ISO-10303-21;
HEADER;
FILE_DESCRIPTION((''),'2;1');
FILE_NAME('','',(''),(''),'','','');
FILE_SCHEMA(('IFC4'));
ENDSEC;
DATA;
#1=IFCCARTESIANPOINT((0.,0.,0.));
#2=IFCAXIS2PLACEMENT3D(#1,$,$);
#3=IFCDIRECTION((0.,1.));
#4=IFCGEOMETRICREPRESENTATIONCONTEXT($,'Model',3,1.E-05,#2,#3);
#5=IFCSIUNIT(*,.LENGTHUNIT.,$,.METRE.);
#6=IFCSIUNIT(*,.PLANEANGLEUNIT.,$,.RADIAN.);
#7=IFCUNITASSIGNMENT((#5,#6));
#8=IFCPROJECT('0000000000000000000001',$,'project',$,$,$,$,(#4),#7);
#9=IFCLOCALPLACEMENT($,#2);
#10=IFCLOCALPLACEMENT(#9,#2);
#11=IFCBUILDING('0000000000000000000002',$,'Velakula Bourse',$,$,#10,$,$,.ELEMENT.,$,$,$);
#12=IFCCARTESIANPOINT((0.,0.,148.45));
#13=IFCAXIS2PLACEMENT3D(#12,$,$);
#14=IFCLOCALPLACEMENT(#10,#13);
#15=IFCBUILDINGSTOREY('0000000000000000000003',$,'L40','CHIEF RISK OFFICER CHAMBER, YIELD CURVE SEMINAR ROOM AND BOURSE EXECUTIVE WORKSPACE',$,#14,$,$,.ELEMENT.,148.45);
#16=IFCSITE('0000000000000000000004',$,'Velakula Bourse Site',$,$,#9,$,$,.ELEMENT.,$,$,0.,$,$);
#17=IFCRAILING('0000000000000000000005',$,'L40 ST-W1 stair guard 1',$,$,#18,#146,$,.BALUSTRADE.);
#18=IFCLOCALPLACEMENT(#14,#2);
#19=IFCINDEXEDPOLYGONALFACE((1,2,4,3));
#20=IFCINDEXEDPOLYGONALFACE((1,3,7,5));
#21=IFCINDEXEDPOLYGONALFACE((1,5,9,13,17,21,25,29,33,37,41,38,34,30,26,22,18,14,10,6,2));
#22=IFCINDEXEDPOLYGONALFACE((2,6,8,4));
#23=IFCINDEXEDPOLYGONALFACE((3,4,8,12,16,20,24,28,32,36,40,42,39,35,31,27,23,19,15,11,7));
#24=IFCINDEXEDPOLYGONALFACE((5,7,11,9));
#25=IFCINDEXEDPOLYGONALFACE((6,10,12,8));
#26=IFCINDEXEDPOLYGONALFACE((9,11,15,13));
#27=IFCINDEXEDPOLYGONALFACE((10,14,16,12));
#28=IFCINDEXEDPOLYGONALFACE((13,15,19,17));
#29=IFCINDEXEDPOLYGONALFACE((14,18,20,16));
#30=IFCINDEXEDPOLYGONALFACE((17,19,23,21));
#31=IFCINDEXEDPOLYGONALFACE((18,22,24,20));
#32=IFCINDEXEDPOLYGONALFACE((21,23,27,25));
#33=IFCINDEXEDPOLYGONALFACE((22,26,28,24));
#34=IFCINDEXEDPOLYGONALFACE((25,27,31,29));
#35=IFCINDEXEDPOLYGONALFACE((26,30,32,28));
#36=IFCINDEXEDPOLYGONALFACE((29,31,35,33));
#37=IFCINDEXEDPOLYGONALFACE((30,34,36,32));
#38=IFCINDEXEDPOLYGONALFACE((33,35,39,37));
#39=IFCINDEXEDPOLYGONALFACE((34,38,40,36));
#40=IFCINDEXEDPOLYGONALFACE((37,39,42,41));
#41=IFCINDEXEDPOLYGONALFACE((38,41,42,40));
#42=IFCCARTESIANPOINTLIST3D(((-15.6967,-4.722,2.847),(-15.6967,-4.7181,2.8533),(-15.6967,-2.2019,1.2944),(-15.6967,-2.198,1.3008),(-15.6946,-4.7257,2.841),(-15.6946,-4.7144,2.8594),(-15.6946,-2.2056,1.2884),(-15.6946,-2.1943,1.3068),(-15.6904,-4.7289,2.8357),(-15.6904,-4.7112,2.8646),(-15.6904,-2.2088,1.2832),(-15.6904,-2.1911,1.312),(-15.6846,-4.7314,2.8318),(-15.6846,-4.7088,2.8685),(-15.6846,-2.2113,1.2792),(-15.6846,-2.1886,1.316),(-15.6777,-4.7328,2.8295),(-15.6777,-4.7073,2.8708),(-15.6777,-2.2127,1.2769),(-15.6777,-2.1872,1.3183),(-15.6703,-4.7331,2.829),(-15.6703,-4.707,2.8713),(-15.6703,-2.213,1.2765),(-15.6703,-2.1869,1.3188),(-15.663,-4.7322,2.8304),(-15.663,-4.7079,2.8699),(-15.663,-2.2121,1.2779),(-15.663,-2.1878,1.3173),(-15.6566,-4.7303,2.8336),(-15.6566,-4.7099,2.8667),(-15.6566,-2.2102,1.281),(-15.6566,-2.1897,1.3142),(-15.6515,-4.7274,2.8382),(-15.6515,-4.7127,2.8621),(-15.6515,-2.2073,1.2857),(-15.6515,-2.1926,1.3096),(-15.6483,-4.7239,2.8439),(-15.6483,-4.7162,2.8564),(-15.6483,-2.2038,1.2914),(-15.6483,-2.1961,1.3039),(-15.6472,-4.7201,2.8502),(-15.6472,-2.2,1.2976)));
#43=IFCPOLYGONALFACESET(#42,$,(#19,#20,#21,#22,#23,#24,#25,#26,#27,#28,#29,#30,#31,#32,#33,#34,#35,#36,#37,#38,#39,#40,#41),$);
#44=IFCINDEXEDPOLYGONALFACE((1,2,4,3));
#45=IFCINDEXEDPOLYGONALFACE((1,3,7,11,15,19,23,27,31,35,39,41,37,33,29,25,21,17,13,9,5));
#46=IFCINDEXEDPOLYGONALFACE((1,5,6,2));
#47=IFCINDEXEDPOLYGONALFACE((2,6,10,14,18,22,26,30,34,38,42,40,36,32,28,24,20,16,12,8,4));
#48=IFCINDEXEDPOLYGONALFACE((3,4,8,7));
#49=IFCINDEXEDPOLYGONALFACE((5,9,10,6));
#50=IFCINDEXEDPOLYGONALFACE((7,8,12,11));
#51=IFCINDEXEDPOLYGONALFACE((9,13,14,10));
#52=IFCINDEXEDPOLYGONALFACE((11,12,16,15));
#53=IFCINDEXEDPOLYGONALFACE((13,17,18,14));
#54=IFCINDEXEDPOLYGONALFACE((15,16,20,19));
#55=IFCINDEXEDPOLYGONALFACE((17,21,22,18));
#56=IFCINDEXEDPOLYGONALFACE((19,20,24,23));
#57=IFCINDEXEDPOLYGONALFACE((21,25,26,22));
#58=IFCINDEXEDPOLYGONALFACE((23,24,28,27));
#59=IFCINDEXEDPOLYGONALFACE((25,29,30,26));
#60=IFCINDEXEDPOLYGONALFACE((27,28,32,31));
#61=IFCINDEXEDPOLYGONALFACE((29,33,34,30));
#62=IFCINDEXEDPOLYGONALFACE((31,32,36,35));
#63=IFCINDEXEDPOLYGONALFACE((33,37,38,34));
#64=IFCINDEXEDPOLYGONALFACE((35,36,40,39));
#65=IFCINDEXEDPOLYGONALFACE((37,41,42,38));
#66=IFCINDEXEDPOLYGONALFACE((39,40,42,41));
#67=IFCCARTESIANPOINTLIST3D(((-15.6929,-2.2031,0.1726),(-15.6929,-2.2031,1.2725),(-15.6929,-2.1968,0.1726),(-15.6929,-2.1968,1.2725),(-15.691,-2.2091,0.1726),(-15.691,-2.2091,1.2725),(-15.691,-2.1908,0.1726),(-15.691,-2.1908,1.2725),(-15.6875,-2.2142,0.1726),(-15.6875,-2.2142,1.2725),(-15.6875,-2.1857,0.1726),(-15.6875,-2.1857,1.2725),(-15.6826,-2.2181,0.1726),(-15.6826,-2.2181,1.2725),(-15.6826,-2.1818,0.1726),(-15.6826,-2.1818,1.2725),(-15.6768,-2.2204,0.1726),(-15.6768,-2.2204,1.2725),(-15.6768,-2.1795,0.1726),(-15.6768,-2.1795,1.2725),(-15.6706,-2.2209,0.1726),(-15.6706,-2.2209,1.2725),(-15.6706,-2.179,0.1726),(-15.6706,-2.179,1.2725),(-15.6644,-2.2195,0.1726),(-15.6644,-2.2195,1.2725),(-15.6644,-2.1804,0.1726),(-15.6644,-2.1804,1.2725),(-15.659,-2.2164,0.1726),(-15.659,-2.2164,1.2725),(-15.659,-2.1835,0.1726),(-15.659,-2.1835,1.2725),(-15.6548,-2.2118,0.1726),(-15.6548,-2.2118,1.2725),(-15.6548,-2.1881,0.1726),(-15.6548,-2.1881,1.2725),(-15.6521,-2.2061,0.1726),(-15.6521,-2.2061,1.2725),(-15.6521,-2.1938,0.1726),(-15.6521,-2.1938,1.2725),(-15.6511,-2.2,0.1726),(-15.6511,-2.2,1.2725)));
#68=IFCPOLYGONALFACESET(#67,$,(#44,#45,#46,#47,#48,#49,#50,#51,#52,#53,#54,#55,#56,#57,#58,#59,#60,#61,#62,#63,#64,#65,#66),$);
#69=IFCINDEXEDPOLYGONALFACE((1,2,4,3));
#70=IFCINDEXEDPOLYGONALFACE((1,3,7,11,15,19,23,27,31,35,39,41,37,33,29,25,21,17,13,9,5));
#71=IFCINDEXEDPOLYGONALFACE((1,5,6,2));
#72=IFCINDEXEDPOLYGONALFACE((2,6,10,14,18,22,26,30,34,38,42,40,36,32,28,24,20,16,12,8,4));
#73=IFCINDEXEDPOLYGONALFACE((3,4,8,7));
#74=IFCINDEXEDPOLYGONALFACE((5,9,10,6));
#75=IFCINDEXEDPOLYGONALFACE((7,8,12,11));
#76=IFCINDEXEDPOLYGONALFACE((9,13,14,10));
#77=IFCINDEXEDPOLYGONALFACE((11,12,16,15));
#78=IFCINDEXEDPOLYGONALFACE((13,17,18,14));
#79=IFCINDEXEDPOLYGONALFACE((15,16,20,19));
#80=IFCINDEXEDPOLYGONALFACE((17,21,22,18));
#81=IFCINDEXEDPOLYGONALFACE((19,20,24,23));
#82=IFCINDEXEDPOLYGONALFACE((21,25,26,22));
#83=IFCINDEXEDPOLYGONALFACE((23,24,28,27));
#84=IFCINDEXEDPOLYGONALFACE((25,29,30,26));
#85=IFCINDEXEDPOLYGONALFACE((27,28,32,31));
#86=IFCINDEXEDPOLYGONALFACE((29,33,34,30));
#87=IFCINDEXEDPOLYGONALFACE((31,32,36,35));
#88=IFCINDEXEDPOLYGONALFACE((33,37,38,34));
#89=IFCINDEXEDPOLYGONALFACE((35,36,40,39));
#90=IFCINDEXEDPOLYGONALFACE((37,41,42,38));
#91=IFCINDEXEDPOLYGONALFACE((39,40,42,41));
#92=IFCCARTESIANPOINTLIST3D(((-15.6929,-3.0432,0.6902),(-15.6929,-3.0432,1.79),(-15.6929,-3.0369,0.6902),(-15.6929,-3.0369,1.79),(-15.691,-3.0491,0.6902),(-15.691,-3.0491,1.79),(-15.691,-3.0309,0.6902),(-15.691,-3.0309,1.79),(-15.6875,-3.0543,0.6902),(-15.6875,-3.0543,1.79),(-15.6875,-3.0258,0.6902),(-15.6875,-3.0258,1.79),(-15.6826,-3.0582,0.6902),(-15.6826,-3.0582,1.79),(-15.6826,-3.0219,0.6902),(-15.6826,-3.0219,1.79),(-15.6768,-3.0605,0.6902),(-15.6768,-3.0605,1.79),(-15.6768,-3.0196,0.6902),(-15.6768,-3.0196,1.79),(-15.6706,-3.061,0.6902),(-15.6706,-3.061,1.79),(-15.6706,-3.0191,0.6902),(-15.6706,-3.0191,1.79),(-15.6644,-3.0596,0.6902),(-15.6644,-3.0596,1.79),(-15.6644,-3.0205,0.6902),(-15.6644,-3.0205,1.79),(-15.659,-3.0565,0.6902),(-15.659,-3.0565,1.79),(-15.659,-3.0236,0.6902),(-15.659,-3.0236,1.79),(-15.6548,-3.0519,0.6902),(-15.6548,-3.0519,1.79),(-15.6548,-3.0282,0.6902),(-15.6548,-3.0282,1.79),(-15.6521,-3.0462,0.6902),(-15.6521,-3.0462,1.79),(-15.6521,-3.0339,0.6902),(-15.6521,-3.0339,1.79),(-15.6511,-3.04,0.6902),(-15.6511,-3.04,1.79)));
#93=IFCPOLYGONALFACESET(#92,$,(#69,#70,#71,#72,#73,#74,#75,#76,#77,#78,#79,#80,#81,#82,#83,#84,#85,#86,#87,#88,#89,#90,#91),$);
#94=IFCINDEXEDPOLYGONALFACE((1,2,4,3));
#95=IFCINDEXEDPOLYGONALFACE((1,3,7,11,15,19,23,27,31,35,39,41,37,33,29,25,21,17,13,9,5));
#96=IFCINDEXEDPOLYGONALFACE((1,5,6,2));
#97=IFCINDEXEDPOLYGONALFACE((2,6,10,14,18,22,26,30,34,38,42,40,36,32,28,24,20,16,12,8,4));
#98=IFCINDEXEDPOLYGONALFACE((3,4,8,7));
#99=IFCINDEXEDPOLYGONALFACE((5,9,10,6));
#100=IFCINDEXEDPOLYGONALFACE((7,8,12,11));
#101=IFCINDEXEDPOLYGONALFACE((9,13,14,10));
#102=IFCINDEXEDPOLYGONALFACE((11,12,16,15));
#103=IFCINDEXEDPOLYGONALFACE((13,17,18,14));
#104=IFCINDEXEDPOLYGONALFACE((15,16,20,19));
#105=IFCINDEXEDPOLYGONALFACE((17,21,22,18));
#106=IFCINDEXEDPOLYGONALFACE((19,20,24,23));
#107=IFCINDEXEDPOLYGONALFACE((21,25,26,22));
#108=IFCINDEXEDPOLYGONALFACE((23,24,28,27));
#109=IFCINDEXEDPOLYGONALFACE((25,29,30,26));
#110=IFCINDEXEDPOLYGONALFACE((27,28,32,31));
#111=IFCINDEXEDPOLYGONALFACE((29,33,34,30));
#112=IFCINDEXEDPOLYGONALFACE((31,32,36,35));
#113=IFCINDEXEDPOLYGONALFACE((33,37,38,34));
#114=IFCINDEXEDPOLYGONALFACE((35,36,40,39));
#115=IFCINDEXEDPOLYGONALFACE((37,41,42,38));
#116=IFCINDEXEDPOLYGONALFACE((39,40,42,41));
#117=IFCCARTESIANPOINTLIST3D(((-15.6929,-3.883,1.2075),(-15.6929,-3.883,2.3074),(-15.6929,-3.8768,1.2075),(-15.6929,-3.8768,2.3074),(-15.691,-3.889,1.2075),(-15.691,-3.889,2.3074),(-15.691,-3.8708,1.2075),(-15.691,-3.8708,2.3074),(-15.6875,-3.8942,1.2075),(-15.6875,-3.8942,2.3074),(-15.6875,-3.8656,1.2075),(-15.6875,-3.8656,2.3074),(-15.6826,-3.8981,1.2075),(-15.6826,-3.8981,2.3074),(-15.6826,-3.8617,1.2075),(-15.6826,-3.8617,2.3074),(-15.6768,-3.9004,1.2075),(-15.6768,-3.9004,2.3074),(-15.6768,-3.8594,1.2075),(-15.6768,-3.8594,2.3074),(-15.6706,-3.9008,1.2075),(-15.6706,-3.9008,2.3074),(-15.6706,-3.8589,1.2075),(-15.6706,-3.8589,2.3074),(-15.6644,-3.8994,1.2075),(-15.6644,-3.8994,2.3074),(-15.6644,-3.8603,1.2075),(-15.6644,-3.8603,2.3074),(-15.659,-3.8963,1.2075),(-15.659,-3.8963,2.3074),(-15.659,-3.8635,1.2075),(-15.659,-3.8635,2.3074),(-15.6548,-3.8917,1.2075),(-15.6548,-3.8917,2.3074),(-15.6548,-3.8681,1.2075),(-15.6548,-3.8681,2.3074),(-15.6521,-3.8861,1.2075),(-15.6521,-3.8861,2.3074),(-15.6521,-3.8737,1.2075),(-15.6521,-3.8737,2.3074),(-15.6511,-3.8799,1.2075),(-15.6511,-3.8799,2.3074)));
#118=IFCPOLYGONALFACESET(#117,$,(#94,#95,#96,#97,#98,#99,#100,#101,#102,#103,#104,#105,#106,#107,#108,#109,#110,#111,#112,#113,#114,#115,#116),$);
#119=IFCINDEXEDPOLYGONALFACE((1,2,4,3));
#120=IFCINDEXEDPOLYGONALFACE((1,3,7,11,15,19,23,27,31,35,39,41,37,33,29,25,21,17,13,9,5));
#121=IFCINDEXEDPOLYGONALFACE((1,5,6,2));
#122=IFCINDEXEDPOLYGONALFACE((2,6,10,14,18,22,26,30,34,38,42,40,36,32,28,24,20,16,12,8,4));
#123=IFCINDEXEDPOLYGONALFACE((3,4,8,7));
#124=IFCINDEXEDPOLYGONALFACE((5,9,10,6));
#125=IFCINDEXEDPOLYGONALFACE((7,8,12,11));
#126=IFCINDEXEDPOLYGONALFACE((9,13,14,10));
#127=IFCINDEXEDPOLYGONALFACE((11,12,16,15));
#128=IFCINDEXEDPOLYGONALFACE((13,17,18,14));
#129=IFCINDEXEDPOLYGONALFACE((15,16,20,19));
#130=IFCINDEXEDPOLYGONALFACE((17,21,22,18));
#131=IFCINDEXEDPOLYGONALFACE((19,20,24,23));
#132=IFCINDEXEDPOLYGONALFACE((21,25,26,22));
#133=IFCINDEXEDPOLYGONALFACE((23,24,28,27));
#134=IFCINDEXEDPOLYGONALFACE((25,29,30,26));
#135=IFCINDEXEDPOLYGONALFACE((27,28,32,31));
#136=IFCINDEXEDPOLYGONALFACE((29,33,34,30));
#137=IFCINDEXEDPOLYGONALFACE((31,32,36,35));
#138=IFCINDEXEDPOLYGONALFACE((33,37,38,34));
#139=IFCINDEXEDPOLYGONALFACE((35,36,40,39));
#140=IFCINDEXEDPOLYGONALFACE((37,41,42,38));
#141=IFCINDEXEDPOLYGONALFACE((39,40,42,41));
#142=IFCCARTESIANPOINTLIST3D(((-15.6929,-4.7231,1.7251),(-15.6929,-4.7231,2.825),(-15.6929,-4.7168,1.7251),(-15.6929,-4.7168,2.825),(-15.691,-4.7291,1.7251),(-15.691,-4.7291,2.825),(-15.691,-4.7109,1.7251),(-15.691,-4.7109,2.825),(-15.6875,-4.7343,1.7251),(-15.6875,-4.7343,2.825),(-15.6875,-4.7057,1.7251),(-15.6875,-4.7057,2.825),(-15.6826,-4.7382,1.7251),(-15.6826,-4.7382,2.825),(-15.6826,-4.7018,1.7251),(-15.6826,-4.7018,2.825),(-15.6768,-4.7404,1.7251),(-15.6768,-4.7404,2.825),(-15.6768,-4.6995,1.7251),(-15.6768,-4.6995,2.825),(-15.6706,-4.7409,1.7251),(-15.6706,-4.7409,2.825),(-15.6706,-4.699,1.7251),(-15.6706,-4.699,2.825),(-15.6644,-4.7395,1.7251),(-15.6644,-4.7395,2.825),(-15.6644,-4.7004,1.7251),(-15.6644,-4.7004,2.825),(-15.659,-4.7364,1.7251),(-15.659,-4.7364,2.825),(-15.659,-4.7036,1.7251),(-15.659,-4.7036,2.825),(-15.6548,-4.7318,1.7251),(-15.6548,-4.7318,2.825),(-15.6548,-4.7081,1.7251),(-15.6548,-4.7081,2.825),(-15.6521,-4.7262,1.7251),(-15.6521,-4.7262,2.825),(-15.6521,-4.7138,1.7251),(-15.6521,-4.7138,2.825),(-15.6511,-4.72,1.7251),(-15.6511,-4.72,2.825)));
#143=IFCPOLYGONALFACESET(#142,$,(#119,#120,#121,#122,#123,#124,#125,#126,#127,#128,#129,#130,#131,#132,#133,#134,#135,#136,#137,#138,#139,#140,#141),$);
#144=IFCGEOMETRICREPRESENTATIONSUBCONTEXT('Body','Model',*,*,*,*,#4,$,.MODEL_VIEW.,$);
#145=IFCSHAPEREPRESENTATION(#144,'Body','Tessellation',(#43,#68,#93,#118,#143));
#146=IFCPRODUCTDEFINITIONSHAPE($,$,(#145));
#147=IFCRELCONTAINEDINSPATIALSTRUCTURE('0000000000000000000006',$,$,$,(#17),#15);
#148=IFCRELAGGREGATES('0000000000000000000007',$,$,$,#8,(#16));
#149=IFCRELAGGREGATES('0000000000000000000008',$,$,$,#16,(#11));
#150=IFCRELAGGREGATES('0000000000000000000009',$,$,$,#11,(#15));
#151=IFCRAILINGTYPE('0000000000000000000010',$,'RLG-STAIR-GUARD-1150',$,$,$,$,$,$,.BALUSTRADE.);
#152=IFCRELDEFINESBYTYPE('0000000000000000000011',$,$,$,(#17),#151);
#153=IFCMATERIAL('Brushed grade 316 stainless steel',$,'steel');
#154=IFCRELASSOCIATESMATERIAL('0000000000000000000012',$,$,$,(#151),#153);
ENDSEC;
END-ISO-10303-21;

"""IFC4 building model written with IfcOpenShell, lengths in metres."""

from ifc_helpers import new_model, si_unit, direction, frame, origin, origin_2d, place, context, subcontext, project, spatial, circle, extrude, material, type_object, element, save


model = new_model("IFC4")

# Units and contexts
model_context = context("Model", 3, precision=1e-05, world=origin(), true_north=direction((0.0, 1.0)))
body_context = subcontext(model_context, "Body", "Model", "MODEL_VIEW")
ifc_project = project(units=[si_unit("LENGTHUNIT", "METRE"), si_unit("PLANEANGLEUNIT", "RADIAN")], contexts=[model_context])

# Site, building, storey
site_placement = place(None, origin())
site = spatial("IfcSite", under=ifc_project, at=site_placement, Name="Velakula Bourse Site", CompositionType="ELEMENT", RefElevation=0.0)
building_placement = place(site_placement, origin())
building = spatial("IfcBuilding", under=site, at=building_placement, Name="Velakula Bourse", CompositionType="ELEMENT")
storey_placement = place(building_placement, frame((0.0, 0.0, 148.45)))
storey = spatial("IfcBuildingStorey", under=building, at=storey_placement, Name="L40", Description="CHIEF RISK OFFICER CHAMBER, YIELD CURVE SEMINAR ROOM AND BOURSE EXECUTIVE WORKSPACE", CompositionType="ELEMENT", Elevation=148.45)

# Shared definitions
ifc_material_1 = material(Name="Brushed grade 316 stainless steel", Category="steel")

# Railing
railing_type_1 = type_object("IfcRailingType", Name="RLG-STAIR-GUARD-1150", PredefinedType="BALUSTRADE", material=ifc_material_1)
railing_1_placement = place(storey_placement, frame((-15.6721, -2.2, 0.1726)))
element("IfcRailing", 1, at=railing_1_placement, inside=storey, type_object=railing_type_1, Name="L40 ST-W1 stair guard 1", PredefinedType="BALUSTRADE", context=body_context, shape_type="SweptSolid", body=[
    extrude(circle(Radius=0.0249, at=origin_2d()), frame((0.0, 0.0, 1.125), z_axis=(0.0, -0.8514, 0.524516), x_axis=(1.0, 0.0, 0.0)), (0.0, 0.0, 1.0), 2.96),
    extrude(circle(Radius=0.021, at=origin_2d()), origin(), (0.0, 0.0, 1.0), 1.0999),
    extrude(circle(Radius=0.021, at=origin_2d()), frame((0.0, -0.8401, 0.5176)), (0.0, 0.0, 1.0), 1.0999),
    extrude(circle(Radius=0.021, at=origin_2d()), frame((0.0, -1.6799, 1.0349)), (0.0, 0.0, 1.0), 1.0999),
    extrude(circle(Radius=0.021, at=origin_2d()), frame((0.0, -2.52, 1.5525)), (0.0, 0.0, 1.0), 1.0999),
])

save(model, "model.ifc")
